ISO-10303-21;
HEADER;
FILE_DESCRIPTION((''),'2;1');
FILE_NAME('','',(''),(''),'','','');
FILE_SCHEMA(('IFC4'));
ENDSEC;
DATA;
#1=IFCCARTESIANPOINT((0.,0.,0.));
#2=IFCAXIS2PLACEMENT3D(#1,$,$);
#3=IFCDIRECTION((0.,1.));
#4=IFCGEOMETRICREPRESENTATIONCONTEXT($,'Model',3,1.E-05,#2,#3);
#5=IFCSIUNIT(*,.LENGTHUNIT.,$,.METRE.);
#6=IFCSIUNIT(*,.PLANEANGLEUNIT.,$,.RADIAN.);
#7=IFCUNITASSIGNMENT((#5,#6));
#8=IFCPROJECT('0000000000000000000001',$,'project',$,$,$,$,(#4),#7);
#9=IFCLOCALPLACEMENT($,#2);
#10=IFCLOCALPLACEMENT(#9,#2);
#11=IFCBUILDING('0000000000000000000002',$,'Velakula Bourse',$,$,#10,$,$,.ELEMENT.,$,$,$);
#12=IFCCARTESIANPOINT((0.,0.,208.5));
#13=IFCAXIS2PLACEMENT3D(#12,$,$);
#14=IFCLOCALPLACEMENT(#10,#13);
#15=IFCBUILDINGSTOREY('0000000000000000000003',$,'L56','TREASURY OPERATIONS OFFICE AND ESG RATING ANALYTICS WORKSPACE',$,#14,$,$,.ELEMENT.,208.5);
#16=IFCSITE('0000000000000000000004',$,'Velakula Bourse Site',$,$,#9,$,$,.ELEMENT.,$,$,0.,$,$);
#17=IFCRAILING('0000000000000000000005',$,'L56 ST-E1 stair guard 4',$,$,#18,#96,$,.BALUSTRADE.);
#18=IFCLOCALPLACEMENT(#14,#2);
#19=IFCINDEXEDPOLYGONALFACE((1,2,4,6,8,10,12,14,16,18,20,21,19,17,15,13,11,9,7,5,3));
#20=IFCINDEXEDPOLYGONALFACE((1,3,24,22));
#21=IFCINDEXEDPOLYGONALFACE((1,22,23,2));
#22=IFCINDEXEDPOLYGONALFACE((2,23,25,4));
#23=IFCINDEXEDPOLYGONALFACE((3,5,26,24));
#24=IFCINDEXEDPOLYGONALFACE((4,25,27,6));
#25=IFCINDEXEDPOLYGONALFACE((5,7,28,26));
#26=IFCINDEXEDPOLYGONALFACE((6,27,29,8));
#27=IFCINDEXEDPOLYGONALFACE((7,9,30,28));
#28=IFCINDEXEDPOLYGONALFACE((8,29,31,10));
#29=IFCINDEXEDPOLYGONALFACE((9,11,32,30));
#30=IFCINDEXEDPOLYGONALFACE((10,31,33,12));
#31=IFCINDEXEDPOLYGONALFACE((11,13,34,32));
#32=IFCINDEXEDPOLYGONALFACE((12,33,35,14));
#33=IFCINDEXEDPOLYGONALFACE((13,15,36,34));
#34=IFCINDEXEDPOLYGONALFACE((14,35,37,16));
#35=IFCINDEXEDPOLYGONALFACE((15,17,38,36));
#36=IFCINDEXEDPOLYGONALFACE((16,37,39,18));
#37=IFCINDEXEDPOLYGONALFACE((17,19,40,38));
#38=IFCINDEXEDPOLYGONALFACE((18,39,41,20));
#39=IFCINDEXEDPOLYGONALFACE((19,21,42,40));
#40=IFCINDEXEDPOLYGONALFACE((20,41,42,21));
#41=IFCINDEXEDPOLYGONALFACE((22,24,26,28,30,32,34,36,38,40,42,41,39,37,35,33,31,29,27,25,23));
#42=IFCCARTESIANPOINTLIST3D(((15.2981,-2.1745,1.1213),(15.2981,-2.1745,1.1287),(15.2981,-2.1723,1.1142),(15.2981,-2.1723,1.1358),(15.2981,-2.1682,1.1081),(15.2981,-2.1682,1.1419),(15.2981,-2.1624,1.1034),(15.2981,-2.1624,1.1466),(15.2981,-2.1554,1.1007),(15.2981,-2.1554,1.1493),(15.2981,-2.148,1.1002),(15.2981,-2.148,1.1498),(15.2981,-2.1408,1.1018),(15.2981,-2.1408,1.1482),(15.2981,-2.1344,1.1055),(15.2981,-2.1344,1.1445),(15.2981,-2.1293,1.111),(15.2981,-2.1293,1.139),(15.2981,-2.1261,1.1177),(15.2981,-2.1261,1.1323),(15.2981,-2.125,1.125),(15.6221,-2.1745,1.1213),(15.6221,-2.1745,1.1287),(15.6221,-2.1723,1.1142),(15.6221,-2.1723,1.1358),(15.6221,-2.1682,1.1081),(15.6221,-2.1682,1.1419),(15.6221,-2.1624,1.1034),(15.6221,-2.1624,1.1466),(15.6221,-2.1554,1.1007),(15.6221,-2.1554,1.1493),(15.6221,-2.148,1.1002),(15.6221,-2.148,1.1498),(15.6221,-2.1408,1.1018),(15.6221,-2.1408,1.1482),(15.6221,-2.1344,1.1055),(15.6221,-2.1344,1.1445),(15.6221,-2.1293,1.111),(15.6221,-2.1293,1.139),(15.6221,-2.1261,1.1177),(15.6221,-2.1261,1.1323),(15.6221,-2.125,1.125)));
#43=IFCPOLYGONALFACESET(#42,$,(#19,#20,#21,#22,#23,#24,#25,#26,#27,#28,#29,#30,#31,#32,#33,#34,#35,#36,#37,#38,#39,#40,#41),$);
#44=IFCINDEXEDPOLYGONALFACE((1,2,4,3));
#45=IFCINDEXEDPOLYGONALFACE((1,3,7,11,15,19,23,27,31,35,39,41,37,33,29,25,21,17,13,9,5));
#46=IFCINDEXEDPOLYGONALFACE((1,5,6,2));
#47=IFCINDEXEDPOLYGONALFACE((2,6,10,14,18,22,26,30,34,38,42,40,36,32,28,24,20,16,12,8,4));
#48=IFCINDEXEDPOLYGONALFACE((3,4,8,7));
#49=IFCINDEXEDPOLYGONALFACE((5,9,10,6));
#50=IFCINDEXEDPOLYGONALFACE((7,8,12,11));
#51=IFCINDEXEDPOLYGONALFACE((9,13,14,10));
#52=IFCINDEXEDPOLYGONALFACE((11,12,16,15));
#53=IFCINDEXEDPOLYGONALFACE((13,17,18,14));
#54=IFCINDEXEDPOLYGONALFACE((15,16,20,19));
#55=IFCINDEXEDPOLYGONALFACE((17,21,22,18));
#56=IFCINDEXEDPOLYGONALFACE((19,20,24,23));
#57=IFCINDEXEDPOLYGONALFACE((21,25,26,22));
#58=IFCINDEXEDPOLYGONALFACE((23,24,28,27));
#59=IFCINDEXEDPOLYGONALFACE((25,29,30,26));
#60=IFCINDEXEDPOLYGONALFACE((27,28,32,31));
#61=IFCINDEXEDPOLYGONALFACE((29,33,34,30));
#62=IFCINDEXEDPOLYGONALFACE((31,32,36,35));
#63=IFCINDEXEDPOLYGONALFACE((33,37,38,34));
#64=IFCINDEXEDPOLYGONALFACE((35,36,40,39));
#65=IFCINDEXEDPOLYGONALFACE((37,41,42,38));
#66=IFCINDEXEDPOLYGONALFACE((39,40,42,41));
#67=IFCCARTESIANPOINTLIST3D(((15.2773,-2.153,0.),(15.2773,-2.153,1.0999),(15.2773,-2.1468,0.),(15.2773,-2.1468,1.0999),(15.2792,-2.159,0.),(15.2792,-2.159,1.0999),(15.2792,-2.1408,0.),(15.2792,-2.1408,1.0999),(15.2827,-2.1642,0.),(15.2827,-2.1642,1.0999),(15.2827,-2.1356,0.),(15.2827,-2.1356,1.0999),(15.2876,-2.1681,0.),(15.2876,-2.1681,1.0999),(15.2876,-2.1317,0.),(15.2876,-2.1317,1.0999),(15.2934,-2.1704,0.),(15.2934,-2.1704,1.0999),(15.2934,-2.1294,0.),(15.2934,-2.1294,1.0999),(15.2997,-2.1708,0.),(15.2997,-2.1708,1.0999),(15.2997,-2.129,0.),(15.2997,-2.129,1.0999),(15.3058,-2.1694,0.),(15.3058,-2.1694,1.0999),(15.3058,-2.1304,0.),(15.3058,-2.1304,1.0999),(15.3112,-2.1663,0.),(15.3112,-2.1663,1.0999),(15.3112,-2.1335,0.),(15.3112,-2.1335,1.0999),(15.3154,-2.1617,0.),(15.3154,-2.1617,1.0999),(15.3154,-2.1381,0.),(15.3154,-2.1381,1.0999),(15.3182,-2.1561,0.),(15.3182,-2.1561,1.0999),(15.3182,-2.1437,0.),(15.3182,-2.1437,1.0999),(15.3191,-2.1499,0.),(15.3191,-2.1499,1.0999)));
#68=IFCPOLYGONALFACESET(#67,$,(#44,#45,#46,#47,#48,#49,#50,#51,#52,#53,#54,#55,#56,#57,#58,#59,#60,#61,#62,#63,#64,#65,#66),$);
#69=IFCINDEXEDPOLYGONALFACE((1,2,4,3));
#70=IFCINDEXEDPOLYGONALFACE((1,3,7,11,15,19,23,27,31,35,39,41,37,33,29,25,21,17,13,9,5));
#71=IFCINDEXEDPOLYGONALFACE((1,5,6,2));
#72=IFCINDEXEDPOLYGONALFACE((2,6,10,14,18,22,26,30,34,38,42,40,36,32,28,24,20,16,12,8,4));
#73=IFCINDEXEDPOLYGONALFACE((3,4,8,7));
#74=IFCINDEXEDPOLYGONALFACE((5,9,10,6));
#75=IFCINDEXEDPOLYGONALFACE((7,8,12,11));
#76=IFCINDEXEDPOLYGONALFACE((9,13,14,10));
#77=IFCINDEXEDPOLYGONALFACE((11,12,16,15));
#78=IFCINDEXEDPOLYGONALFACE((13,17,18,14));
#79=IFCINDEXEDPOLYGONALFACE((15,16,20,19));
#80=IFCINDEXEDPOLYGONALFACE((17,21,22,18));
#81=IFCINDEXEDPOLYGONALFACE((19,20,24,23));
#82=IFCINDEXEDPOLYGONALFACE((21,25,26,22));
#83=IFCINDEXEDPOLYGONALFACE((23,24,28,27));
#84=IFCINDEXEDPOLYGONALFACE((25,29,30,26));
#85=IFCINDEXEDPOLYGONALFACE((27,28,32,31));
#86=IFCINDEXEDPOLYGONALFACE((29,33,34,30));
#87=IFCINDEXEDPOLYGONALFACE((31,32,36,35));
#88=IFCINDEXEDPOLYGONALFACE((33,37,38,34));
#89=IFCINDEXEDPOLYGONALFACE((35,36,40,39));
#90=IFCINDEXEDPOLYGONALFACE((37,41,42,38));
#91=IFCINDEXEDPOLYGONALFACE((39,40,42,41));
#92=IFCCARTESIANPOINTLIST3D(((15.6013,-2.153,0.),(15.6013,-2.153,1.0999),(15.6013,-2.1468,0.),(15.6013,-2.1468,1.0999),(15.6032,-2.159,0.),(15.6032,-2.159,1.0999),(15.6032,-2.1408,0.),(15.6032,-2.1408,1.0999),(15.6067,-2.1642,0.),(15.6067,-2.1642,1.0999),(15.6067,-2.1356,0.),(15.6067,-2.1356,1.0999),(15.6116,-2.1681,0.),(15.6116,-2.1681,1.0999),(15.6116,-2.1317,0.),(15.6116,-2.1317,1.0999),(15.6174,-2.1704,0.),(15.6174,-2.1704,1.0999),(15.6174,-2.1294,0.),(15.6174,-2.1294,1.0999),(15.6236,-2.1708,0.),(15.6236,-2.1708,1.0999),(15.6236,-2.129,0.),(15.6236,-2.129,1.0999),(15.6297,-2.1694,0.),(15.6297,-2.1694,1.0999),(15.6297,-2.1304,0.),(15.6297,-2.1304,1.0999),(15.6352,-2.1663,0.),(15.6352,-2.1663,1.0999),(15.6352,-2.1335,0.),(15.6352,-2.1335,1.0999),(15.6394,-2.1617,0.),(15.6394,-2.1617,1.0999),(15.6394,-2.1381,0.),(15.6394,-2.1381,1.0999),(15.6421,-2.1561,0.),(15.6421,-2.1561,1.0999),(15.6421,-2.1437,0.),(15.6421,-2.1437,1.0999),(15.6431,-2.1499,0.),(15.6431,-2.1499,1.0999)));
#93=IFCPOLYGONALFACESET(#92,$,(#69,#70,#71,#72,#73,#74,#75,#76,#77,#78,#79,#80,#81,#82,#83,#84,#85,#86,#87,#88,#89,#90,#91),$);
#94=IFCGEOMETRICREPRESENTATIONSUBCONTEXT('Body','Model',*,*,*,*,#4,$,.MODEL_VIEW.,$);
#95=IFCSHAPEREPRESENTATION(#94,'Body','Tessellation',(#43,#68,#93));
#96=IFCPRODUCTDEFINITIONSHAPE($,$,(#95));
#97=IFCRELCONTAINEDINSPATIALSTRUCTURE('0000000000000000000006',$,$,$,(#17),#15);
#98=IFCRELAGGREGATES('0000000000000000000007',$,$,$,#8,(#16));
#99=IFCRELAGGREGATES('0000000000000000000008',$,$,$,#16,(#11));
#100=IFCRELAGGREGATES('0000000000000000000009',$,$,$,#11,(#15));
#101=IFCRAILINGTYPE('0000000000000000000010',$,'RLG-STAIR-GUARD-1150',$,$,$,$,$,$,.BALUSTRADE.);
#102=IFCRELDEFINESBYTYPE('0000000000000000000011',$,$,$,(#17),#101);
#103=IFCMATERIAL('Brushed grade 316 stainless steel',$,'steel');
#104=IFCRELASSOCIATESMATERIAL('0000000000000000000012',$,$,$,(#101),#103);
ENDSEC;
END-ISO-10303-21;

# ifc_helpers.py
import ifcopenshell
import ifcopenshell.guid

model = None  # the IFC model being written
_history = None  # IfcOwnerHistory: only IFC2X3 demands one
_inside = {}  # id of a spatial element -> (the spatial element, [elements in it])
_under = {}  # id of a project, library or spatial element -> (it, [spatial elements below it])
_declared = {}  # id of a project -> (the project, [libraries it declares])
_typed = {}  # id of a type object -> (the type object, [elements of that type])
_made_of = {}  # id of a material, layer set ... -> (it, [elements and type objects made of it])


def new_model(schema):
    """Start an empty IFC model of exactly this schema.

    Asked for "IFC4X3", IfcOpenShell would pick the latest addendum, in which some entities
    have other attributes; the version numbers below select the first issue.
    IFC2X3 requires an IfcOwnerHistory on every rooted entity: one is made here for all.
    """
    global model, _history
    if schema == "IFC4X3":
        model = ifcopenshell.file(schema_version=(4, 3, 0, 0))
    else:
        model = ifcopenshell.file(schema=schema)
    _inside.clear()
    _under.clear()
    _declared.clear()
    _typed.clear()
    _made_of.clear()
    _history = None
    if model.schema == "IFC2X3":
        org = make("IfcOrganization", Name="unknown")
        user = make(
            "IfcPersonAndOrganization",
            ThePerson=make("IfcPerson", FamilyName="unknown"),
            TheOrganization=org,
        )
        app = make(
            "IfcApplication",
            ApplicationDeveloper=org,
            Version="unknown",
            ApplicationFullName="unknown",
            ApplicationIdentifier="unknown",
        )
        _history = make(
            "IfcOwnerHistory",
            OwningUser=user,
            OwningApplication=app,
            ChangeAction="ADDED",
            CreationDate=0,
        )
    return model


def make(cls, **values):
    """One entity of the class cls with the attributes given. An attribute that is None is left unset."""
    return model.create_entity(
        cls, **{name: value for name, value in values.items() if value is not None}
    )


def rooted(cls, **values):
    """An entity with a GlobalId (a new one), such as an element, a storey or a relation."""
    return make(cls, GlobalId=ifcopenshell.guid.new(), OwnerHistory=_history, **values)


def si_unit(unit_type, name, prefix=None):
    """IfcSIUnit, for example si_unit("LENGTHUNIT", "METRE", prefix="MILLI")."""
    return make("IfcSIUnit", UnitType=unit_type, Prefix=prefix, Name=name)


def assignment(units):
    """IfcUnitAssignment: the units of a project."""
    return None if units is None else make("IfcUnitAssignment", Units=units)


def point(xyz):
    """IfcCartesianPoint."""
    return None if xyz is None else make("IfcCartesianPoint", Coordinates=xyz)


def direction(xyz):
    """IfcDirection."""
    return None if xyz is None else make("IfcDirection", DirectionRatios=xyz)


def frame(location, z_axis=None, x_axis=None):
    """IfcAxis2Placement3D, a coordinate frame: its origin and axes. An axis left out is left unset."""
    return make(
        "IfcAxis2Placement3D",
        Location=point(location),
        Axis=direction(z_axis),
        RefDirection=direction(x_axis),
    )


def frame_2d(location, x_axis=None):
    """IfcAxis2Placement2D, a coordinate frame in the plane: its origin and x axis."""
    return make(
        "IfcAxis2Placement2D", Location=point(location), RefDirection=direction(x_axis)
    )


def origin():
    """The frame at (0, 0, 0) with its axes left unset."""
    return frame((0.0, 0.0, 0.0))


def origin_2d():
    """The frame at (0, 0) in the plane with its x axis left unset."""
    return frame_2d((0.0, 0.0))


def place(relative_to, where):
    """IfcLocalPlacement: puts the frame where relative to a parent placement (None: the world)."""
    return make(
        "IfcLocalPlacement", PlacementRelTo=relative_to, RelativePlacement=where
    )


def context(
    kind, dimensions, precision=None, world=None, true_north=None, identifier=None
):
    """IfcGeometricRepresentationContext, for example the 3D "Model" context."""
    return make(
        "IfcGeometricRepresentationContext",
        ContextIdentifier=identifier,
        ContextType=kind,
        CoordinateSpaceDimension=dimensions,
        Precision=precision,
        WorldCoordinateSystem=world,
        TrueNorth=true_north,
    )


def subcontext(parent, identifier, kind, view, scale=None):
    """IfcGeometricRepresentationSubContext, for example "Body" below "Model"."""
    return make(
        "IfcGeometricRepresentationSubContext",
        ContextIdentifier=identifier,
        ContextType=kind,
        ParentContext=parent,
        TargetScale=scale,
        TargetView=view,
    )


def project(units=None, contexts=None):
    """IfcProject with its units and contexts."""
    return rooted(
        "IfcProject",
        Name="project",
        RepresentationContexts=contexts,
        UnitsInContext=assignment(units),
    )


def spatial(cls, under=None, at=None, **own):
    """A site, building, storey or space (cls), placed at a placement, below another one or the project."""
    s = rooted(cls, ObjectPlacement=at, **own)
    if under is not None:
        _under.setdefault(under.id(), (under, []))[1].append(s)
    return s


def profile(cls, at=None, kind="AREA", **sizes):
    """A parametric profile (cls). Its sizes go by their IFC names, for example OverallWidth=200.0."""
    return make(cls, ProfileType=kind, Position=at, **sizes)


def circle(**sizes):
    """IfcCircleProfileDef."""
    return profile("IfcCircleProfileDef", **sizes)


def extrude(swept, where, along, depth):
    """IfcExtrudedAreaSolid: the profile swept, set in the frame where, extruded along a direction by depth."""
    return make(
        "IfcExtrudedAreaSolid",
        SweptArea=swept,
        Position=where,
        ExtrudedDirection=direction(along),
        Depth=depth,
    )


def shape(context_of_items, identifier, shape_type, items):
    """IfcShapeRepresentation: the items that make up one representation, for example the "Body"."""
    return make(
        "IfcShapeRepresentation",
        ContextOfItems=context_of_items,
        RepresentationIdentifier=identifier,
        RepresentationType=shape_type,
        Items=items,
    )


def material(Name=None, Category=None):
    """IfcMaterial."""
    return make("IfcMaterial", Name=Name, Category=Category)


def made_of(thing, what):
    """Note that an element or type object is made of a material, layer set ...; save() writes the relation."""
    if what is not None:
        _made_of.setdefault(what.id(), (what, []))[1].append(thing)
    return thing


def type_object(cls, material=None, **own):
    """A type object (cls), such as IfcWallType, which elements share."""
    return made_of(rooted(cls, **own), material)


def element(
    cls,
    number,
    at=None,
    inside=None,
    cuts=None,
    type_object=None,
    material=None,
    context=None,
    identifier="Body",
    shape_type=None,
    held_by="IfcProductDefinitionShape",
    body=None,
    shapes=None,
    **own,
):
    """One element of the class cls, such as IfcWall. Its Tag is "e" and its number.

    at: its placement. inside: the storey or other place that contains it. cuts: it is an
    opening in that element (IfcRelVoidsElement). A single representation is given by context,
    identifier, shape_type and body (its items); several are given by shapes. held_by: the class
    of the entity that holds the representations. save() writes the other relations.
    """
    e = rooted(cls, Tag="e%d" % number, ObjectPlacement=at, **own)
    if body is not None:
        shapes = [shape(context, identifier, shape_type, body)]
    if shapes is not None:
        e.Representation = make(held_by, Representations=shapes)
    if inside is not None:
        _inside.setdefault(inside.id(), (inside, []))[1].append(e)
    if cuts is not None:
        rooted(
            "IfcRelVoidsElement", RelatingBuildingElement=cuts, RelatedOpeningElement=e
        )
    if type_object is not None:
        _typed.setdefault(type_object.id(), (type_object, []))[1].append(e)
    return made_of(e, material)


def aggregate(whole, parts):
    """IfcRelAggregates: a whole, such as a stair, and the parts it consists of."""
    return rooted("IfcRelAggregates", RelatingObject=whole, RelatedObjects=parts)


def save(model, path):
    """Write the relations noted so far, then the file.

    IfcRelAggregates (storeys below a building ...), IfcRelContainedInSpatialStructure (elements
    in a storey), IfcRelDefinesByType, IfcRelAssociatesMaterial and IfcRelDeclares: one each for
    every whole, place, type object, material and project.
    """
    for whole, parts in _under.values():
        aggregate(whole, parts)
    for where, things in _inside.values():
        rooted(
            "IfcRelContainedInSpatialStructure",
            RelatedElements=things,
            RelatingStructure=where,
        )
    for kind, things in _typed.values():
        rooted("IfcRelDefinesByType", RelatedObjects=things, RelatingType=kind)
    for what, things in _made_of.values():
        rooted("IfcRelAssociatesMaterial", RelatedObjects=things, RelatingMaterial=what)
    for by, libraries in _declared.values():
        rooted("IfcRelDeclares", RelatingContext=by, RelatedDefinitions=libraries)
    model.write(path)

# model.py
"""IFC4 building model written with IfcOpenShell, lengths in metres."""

from ifc_helpers import new_model, si_unit, direction, frame, origin, origin_2d, place, context, subcontext, project, spatial, circle, extrude, material, type_object, element, save


model = new_model("IFC4")

# Units and contexts
model_context = context("Model", 3, precision=1e-05, world=origin(), true_north=direction((0.0, 1.0)))
body_context = subcontext(model_context, "Body", "Model", "MODEL_VIEW")
ifc_project = project(units=[si_unit("LENGTHUNIT", "METRE"), si_unit("PLANEANGLEUNIT", "RADIAN")], contexts=[model_context])

# Site, building, storey
site_placement = place(None, origin())
site = spatial("IfcSite", under=ifc_project, at=site_placement, Name="Velakula Bourse Site", CompositionType="ELEMENT", RefElevation=0.0)
building_placement = place(site_placement, origin())
building = spatial("IfcBuilding", under=site, at=building_placement, Name="Velakula Bourse", CompositionType="ELEMENT")
storey_placement = place(building_placement, frame((0.0, 0.0, 208.5)))
storey = spatial("IfcBuildingStorey", under=building, at=storey_placement, Name="L56", Description="TREASURY OPERATIONS OFFICE AND ESG RATING ANALYTICS WORKSPACE", CompositionType="ELEMENT", Elevation=208.5)

# Shared definitions
ifc_material_1 = material(Name="Brushed grade 316 stainless steel", Category="steel")

# Railing
railing_type_1 = type_object("IfcRailingType", Name="RLG-STAIR-GUARD-1150", PredefinedType="BALUSTRADE", material=ifc_material_1)
railing_1_placement = place(storey_placement, frame((15.2981, -2.1499, 0.0)))
element("IfcRailing", 1, at=railing_1_placement, inside=storey, type_object=railing_type_1, Name="L56 ST-E1 stair guard 4", PredefinedType="BALUSTRADE", context=body_context, shape_type="SweptSolid", body=[
    extrude(circle(Radius=0.0249, at=origin_2d()), frame((0.0, 0.0, 1.125), z_axis=(1.0, 0.0, 0.0), x_axis=(0.0, 1.0, 0.0)), (0.0, 0.0, 1.0), 0.324),
    extrude(circle(Radius=0.021, at=origin_2d()), origin(), (0.0, 0.0, 1.0), 1.0999),
    extrude(circle(Radius=0.021, at=origin_2d()), frame((0.324, 0.0, 0.0)), (0.0, 0.0, 1.0), 1.0999),
])

save(model, "model.ifc")
